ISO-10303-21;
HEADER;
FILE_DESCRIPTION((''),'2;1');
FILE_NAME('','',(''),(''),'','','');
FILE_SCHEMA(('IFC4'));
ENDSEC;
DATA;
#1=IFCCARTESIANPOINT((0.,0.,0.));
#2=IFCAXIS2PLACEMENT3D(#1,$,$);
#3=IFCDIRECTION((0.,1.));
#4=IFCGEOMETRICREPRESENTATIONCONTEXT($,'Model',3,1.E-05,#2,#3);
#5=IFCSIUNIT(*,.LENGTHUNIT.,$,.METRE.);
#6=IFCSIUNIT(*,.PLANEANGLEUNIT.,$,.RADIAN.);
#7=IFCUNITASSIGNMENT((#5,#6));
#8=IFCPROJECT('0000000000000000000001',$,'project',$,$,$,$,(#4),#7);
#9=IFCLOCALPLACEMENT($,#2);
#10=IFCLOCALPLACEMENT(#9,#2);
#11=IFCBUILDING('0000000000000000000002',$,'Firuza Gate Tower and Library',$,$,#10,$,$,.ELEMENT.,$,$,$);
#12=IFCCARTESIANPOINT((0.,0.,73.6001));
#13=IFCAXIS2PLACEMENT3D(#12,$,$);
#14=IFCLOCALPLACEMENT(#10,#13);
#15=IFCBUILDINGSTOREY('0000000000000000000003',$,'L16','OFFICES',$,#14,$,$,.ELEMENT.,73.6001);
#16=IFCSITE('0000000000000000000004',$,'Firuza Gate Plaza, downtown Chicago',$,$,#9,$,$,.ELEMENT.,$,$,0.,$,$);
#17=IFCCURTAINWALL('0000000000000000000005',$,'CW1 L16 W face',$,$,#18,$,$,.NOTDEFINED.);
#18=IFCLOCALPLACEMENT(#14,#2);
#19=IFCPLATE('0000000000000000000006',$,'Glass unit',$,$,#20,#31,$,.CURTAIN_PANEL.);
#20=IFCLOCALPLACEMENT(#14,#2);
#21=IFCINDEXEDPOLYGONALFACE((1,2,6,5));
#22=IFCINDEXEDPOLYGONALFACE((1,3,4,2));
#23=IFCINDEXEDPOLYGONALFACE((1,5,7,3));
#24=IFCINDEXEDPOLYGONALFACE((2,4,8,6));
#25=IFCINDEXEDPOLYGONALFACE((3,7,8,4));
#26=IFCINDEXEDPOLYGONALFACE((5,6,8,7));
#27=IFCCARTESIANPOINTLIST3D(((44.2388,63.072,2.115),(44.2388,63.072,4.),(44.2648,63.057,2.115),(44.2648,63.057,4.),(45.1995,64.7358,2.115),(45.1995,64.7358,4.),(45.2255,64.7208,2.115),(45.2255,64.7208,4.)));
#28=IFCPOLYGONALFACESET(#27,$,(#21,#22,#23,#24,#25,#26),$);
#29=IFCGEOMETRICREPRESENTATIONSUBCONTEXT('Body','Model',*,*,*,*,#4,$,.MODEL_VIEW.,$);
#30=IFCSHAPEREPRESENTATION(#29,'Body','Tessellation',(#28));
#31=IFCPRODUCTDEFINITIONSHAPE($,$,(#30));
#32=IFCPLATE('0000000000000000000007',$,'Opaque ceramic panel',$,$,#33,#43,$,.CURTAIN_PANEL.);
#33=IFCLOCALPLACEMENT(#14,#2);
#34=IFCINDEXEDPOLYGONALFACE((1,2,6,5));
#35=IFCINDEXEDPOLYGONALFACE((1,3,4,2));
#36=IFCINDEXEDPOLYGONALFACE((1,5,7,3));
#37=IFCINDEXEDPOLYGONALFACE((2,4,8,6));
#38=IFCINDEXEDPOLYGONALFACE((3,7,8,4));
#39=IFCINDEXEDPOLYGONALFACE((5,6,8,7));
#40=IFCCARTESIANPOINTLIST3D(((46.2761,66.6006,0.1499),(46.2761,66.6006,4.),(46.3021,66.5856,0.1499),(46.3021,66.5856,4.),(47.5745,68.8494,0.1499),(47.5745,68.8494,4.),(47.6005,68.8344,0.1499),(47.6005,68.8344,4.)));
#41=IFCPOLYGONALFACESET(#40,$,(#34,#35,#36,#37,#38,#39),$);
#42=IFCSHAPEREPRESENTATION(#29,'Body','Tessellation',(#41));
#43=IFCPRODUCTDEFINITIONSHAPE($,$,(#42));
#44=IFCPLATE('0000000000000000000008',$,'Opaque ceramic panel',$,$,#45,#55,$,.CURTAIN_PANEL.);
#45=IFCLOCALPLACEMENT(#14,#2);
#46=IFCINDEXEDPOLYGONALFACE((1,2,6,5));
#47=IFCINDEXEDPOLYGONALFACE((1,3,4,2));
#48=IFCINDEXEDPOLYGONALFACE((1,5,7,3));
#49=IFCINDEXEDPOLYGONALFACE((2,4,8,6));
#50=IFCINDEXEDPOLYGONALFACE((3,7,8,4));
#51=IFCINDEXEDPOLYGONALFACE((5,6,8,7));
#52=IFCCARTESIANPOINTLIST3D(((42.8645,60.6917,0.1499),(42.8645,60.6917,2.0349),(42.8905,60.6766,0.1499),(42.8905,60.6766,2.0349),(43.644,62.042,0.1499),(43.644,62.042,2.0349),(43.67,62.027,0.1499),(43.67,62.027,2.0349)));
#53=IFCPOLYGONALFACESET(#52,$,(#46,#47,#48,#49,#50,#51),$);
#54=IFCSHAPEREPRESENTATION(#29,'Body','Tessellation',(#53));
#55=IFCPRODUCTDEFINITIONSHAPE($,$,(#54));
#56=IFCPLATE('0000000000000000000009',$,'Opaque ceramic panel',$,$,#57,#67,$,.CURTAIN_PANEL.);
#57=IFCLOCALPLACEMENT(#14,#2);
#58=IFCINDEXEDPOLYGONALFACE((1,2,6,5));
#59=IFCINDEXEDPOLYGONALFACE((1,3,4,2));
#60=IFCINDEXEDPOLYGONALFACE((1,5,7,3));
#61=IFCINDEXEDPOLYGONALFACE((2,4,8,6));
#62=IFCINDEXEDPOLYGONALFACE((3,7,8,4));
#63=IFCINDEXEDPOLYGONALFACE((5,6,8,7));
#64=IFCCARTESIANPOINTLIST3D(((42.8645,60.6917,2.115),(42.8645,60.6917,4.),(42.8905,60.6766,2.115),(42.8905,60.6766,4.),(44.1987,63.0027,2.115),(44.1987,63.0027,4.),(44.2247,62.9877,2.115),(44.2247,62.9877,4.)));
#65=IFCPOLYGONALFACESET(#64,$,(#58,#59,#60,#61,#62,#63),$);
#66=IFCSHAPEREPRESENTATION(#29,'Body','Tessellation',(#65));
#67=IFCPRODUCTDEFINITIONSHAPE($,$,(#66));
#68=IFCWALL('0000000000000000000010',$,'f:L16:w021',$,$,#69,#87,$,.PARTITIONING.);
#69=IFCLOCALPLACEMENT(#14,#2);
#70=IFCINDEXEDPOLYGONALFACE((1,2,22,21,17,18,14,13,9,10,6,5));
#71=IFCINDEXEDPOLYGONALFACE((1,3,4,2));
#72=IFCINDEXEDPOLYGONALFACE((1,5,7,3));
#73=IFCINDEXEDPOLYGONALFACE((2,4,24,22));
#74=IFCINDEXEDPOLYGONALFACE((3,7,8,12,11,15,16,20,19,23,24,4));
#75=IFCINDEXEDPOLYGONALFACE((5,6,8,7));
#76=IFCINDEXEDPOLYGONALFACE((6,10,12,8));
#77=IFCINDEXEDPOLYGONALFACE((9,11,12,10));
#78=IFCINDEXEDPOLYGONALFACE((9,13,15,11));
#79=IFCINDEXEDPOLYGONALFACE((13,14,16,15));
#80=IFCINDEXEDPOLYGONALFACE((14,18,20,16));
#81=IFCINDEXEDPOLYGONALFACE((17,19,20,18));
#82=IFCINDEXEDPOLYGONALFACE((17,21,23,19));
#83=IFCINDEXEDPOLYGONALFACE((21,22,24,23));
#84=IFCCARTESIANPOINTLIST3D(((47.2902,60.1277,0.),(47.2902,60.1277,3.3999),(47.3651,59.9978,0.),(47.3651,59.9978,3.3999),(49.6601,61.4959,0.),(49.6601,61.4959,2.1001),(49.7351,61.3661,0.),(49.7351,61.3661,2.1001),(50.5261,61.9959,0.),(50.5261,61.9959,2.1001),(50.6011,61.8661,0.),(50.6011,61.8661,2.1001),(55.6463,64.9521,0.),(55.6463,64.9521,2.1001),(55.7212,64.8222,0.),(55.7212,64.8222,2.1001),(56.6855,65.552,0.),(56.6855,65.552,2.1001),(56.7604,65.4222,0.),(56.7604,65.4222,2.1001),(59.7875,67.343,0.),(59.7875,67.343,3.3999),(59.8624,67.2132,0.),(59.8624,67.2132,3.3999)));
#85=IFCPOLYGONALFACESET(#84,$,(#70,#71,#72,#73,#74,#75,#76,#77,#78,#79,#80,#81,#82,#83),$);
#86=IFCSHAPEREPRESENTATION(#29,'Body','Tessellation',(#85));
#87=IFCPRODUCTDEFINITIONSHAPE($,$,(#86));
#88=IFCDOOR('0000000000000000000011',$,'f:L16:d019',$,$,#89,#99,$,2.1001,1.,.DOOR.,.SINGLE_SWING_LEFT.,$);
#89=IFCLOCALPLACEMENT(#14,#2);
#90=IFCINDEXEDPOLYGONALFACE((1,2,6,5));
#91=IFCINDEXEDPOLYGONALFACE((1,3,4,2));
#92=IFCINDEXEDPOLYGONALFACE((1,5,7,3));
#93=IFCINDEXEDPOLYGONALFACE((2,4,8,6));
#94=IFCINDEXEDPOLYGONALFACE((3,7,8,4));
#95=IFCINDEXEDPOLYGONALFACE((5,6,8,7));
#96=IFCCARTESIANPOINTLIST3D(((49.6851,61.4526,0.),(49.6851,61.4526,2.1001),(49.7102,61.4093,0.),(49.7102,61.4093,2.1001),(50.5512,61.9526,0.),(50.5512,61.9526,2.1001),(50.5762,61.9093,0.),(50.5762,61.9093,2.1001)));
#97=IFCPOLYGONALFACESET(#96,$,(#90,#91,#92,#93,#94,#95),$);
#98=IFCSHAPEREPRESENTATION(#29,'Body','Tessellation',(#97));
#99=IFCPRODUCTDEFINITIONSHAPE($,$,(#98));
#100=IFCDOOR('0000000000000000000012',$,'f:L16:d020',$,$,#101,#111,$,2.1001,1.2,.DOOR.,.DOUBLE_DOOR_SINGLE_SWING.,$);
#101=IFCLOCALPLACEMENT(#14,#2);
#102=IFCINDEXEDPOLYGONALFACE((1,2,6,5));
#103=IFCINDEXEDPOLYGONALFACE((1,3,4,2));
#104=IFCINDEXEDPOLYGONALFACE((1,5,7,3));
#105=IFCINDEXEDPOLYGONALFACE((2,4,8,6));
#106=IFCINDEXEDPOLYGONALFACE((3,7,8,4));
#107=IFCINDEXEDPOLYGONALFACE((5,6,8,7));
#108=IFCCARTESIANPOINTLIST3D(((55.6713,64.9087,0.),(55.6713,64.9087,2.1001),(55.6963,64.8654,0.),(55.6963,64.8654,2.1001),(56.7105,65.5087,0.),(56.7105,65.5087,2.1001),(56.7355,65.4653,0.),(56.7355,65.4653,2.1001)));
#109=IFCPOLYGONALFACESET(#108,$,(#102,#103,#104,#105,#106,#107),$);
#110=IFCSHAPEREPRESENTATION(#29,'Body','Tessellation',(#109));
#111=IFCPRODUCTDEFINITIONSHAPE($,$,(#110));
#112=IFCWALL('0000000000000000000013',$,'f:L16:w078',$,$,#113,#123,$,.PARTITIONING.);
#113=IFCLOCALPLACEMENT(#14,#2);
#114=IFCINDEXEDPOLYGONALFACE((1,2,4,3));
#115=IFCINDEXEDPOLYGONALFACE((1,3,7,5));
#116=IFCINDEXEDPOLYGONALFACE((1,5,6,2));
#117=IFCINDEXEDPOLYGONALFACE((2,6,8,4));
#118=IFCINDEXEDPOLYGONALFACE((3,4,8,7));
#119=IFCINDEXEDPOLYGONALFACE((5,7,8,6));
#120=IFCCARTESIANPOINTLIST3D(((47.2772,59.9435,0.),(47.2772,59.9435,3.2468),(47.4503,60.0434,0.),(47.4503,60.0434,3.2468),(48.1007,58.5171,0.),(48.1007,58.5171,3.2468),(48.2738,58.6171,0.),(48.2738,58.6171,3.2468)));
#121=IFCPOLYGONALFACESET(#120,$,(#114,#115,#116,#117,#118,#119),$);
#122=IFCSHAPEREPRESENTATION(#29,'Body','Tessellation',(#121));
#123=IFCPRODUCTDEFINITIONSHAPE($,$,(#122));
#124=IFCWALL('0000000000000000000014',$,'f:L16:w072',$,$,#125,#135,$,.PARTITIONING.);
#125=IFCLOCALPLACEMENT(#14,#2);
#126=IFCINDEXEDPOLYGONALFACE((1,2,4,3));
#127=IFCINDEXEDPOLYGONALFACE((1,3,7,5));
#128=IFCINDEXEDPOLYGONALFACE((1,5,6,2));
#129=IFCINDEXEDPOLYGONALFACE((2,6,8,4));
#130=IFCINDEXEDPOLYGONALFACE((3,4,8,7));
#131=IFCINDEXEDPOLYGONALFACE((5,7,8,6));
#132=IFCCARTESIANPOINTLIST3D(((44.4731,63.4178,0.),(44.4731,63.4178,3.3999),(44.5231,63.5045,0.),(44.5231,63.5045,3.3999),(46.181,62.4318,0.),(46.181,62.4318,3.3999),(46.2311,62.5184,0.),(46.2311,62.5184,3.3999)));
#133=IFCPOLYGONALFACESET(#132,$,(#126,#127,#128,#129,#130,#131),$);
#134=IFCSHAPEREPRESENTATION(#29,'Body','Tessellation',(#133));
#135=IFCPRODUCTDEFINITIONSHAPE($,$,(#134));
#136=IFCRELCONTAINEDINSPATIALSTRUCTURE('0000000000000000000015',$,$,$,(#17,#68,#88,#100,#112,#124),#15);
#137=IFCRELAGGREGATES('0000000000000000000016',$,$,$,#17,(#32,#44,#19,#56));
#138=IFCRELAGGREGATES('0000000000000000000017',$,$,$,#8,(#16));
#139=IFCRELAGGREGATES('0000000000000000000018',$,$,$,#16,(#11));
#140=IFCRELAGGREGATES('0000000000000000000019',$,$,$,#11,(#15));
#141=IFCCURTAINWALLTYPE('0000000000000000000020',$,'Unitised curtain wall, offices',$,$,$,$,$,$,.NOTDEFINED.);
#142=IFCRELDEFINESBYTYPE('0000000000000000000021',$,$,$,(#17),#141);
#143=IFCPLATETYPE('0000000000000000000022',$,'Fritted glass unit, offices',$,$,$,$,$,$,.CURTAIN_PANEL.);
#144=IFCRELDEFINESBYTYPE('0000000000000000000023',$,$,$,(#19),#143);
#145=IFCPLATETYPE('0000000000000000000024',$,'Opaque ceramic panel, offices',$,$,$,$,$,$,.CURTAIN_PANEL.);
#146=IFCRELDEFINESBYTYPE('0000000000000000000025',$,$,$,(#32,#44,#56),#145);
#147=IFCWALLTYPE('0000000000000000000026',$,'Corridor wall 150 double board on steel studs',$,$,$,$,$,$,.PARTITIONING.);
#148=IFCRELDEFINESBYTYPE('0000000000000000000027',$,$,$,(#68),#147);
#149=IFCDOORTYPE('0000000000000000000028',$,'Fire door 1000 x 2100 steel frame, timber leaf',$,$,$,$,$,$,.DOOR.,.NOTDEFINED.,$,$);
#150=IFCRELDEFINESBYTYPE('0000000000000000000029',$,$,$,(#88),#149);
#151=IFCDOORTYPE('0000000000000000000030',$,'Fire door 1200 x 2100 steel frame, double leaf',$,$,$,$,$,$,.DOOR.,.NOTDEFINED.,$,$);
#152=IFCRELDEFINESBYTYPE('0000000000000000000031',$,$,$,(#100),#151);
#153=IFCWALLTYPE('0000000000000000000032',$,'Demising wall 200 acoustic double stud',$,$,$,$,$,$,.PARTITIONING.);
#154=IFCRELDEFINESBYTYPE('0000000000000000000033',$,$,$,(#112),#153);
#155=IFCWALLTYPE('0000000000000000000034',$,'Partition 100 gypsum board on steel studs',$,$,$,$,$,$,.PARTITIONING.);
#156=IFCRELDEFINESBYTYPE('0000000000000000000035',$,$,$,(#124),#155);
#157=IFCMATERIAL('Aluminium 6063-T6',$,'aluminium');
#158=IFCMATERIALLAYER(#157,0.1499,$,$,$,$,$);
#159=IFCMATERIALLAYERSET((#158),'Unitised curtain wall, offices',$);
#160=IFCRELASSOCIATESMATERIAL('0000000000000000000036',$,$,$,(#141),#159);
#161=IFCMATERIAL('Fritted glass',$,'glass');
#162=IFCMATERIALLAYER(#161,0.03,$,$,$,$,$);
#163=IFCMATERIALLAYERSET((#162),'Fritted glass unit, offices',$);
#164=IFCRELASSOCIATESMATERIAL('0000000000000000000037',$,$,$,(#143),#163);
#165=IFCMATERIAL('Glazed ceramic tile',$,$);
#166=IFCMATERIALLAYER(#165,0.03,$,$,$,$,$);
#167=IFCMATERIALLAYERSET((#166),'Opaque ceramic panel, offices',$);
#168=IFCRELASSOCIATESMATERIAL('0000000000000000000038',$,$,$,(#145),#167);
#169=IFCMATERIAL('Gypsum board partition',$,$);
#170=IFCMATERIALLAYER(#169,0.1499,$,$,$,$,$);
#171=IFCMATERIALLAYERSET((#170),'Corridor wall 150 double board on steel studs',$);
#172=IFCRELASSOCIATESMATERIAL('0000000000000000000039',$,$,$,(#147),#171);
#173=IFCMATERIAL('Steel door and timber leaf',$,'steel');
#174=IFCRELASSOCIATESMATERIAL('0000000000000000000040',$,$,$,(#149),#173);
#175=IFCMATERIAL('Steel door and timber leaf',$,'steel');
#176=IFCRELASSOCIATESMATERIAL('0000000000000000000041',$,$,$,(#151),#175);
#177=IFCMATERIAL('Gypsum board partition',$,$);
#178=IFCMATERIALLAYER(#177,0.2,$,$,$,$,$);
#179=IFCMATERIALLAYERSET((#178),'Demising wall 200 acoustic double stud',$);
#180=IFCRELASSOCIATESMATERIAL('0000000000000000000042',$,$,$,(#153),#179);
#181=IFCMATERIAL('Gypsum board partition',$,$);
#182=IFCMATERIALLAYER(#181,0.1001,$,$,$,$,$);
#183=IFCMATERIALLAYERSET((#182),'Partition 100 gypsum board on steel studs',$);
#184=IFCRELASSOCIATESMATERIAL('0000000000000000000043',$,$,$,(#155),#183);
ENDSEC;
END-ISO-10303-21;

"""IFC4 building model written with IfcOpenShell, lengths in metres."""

from ifc_helpers import new_model, si_unit, direction, frame, frame_2d, origin, place, context, subcontext, project, spatial, polyline, rectangle, outline, extrude, material, layer, layer_set, type_object, element, fill, aggregate, save


model = new_model("IFC4")

# Units and contexts
model_context = context("Model", 3, precision=1e-05, world=origin(), true_north=direction((0.0, 1.0)))
body_context = subcontext(model_context, "Body", "Model", "MODEL_VIEW")
ifc_project = project(units=[si_unit("LENGTHUNIT", "METRE"), si_unit("PLANEANGLEUNIT", "RADIAN")], contexts=[model_context])

# Site, building, storey
site_placement = place(None, origin())
site = spatial("IfcSite", under=ifc_project, at=site_placement, Name="Firuza Gate Plaza, downtown Chicago", CompositionType="ELEMENT", RefElevation=0.0)
building_placement = place(site_placement, origin())
building = spatial("IfcBuilding", under=site, at=building_placement, Name="Firuza Gate Tower and Library", CompositionType="ELEMENT")
storey_placement = place(building_placement, frame((0.0, 0.0, 73.6001)))
storey = spatial("IfcBuildingStorey", under=building, at=storey_placement, Name="L16", Description="OFFICES", CompositionType="ELEMENT", Elevation=73.6001)

# Curtain wall
ifc_material_1 = material(Name="Aluminium 6063-T6", Category="aluminium")
ifc_layer_1 = layer(ifc_material_1, 0.1499)
ifc_layer_set_1 = layer_set([ifc_layer_1], Name="Unitised curtain wall, offices")
curtain_wall_type_1 = type_object("IfcCurtainWallType", Name="Unitised curtain wall, offices", PredefinedType="NOTDEFINED", material=ifc_layer_set_1)
placement = place(storey_placement, origin())
curtain_wall_1 = element("IfcCurtainWall", 1, at=placement, inside=storey, type_object=curtain_wall_type_1, Name="CW1 L16 W face", PredefinedType="NOTDEFINED")

# Plates
ifc_material_2 = material(Name="Fritted glass", Category="glass")
ifc_layer_2 = layer(ifc_material_2, 0.03)
ifc_layer_set_2 = layer_set([ifc_layer_2], Name="Fritted glass unit, offices")
plate_type_1 = type_object("IfcPlateType", Name="Fritted glass unit, offices", PredefinedType="CURTAIN_PANEL", material=ifc_layer_set_2)
plate_1_placement = place(storey_placement, frame((45.1995, 64.7358, 2.115), z_axis=(-0.866006, 0.500034, 0.0), x_axis=(-0.500034, -0.866006, 0.0)))
plate_1 = element("IfcPlate", 2, at=plate_1_placement, type_object=plate_type_1, Name="Glass unit", PredefinedType="CURTAIN_PANEL", context=body_context, shape_type="SweptSolid", body=[
    extrude(outline(polyline([(0.0, 0.0), (1.9213, 0.0), (1.9213, 1.885), (0.0, 1.885), (0.0, 0.0)])), origin(), (0.0, 0.0, -1.0), 0.03),
])
ifc_material_3 = material(Name="Glazed ceramic tile")
ifc_layer_3 = layer(ifc_material_3, 0.03)
ifc_layer_set_3 = layer_set([ifc_layer_3], Name="Opaque ceramic panel, offices")
plate_type_2 = type_object("IfcPlateType", Name="Opaque ceramic panel, offices", PredefinedType="CURTAIN_PANEL", material=ifc_layer_set_3)
plate_2_placement = place(storey_placement, frame((47.5745, 68.8494, 0.1499), z_axis=(-0.866024, 0.500002, 0.0), x_axis=(-0.500002, -0.866024, 0.0)))
plate_2 = element("IfcPlate", 3, at=plate_2_placement, type_object=plate_type_2, Name="Opaque ceramic panel", PredefinedType="CURTAIN_PANEL", context=body_context, shape_type="SweptSolid", body=[
    extrude(outline(polyline([(0.0, 0.0), (2.5967, 0.0), (2.5967, 3.8501), (0.0, 3.8501), (0.0, 0.0)])), origin(), (0.0, 0.0, -1.0), 0.03),
])
plate_3_placement = place(storey_placement, frame((43.644, 62.042, 0.1499), z_axis=(-0.866047, 0.499962, 0.0), x_axis=(-0.499962, -0.866047, 0.0)))
plate_3 = element("IfcPlate", 4, at=plate_3_placement, type_object=plate_type_2, Name="Opaque ceramic panel", PredefinedType="CURTAIN_PANEL", context=body_context, shape_type="SweptSolid", body=[
    extrude(outline(polyline([(0.0, 0.0), (1.5592, 0.0), (1.5592, 1.885), (0.0, 1.885), (0.0, 0.0)])), origin(), (0.0, 0.0, -1.0), 0.03),
])
plate_4_placement = place(storey_placement, frame((44.1987, 63.0027, 2.115), z_axis=(-0.866033, 0.499986, 0.0), x_axis=(-0.499986, -0.866033, 0.0)))
plate_4 = element("IfcPlate", 5, at=plate_4_placement, type_object=plate_type_2, Name="Opaque ceramic panel", PredefinedType="CURTAIN_PANEL", context=body_context, shape_type="SweptSolid", body=[
    extrude(outline(polyline([(0.0, 0.0), (2.6685, 0.0), (2.6685, 1.885), (0.0, 1.885), (0.0, 0.0)])), origin(), (0.0, 0.0, -1.0), 0.03),
])
aggregate(curtain_wall_1, [plate_2, plate_3, plate_1, plate_4])

# Wall, openings, doors
ifc_material_4 = material(Name="Gypsum board partition")
ifc_layer_4 = layer(ifc_material_4, 0.1499)
ifc_layer_set_4 = layer_set([ifc_layer_4], Name="Corridor wall 150 double board on steel studs")
wall_type_1 = type_object("IfcWallType", Name="Corridor wall 150 double board on steel studs", PredefinedType="PARTITIONING", material=ifc_layer_set_4)
wall_1_placement = place(storey_placement, frame((47.3276, 60.0627, 0.0), z_axis=(0.0, 0.0, 1.0), x_axis=(0.866025, 0.5, 0.0)))
wall_1 = element("IfcWall", 6, at=wall_1_placement, inside=storey, type_object=wall_type_1, Name="f:L16:w021", PredefinedType="PARTITIONING", context=body_context, shape_type="SweptSolid", body=[
    extrude(rectangle(XDim=14.4307, YDim=0.1499, at=frame_2d((7.2153, 0.0))), origin(), (0.0, 0.0, 1.0), 3.3999),
])
opening_1_placement = place(wall_1_placement, frame((2.7366, 0.0, 0.0)))
opening_1 = element("IfcOpeningElement", 7, at=opening_1_placement, cuts=wall_1, PredefinedType="OPENING", context=body_context, shape_type="SweptSolid", body=[
    extrude(rectangle(XDim=1.0, YDim=2.1001, at=frame_2d((0.5, 1.05))), frame((0.0, 0.085, 0.0), z_axis=(0.0, -1.0, 0.0), x_axis=(1.0, 0.0, 0.0)), (0.0, 0.0, 1.0), 0.1699),
])
opening_2_placement = place(wall_1_placement, frame((9.6487, 0.0, 0.0)))
opening_2 = element("IfcOpeningElement", 8, at=opening_2_placement, cuts=wall_1, PredefinedType="OPENING", context=body_context, shape_type="SweptSolid", body=[
    extrude(rectangle(XDim=1.2, YDim=2.1001, at=frame_2d((0.6001, 1.05))), frame((0.0, 0.085, 0.0), z_axis=(0.0, -1.0, 0.0), x_axis=(1.0, 0.0, 0.0)), (0.0, 0.0, 1.0), 0.1699),
])
ifc_material_5 = material(Name="Steel door and timber leaf", Category="steel")
door_type_1 = type_object("IfcDoorType", Name="Fire door 1000 x 2100 steel frame, timber leaf", OperationType="NOTDEFINED", PredefinedType="DOOR", material=ifc_material_5)
door_1_placement = place(opening_1_placement, origin())
door_1 = element("IfcDoor", 9, at=door_1_placement, inside=storey, type_object=door_type_1, Name="f:L16:d019", OperationType="SINGLE_SWING_LEFT", OverallHeight=2.1001, OverallWidth=1.0, PredefinedType="DOOR", context=body_context, shape_type="SweptSolid", body=[
    extrude(rectangle(XDim=1.0, YDim=2.1001, at=frame_2d((0.5, 1.05))), frame((0.0, 0.0249, 0.0), z_axis=(0.0, -1.0, 0.0), x_axis=(1.0, 0.0, 0.0)), (0.0, 0.0, 1.0), 0.05),
])
fill(opening_1, door_1)
ifc_material_6 = material(Name="Steel door and timber leaf", Category="steel")
door_type_2 = type_object("IfcDoorType", Name="Fire door 1200 x 2100 steel frame, double leaf", OperationType="NOTDEFINED", PredefinedType="DOOR", material=ifc_material_6)
door_2_placement = place(opening_2_placement, origin())
door_2 = element("IfcDoor", 10, at=door_2_placement, inside=storey, type_object=door_type_2, Name="f:L16:d020", OperationType="DOUBLE_DOOR_SINGLE_SWING", OverallHeight=2.1001, OverallWidth=1.2, PredefinedType="DOOR", context=body_context, shape_type="SweptSolid", body=[
    extrude(rectangle(XDim=1.2, YDim=2.1001, at=frame_2d((0.6001, 1.05))), frame((0.0, 0.0249, 0.0), z_axis=(0.0, -1.0, 0.0), x_axis=(1.0, 0.0, 0.0)), (0.0, 0.0, 1.0), 0.05),
])
fill(opening_2, door_2)

# Walls
ifc_material_7 = material(Name="Gypsum board partition")
ifc_layer_5 = layer(ifc_material_7, 0.2)
ifc_layer_set_5 = layer_set([ifc_layer_5], Name="Demising wall 200 acoustic double stud")
wall_type_2 = type_object("IfcWallType", Name="Demising wall 200 acoustic double stud", PredefinedType="PARTITIONING", material=ifc_layer_set_5)
wall_2_placement = place(storey_placement, frame((48.1873, 58.5671, 0.0), z_axis=(0.0, 0.0, 1.0), x_axis=(-0.500013, 0.866018, 0.0)))
element("IfcWall", 11, at=wall_2_placement, inside=storey, type_object=wall_type_2, Name="f:L16:w078", PredefinedType="PARTITIONING", context=body_context, shape_type="SweptSolid", body=[
    extrude(rectangle(XDim=1.647, YDim=0.2, at=frame_2d((0.8235, 0.0))), origin(), (0.0, 0.0, 1.0), 3.2468),
])
ifc_material_8 = material(Name="Gypsum board partition")
ifc_layer_6 = layer(ifc_material_8, 0.1001)
ifc_layer_set_6 = layer_set([ifc_layer_6], Name="Partition 100 gypsum board on steel studs")
wall_type_3 = type_object("IfcWallType", Name="Partition 100 gypsum board on steel studs", PredefinedType="PARTITIONING", material=ifc_layer_set_6)
wall_3_placement = place(storey_placement, frame((46.2061, 62.4751, 0.0), z_axis=(0.0, 0.0, 1.0), x_axis=(-0.866033, 0.499987, 0.0)))
element("IfcWall", 12, at=wall_3_placement, inside=storey, type_object=wall_type_3, Name="f:L16:w072", PredefinedType="PARTITIONING", context=body_context, shape_type="SweptSolid", body=[
    extrude(rectangle(XDim=1.9722, YDim=0.1001, at=frame_2d((0.9861, 0.0))), origin(), (0.0, 0.0, 1.0), 3.3999),
])

save(model, "model.ifc")
